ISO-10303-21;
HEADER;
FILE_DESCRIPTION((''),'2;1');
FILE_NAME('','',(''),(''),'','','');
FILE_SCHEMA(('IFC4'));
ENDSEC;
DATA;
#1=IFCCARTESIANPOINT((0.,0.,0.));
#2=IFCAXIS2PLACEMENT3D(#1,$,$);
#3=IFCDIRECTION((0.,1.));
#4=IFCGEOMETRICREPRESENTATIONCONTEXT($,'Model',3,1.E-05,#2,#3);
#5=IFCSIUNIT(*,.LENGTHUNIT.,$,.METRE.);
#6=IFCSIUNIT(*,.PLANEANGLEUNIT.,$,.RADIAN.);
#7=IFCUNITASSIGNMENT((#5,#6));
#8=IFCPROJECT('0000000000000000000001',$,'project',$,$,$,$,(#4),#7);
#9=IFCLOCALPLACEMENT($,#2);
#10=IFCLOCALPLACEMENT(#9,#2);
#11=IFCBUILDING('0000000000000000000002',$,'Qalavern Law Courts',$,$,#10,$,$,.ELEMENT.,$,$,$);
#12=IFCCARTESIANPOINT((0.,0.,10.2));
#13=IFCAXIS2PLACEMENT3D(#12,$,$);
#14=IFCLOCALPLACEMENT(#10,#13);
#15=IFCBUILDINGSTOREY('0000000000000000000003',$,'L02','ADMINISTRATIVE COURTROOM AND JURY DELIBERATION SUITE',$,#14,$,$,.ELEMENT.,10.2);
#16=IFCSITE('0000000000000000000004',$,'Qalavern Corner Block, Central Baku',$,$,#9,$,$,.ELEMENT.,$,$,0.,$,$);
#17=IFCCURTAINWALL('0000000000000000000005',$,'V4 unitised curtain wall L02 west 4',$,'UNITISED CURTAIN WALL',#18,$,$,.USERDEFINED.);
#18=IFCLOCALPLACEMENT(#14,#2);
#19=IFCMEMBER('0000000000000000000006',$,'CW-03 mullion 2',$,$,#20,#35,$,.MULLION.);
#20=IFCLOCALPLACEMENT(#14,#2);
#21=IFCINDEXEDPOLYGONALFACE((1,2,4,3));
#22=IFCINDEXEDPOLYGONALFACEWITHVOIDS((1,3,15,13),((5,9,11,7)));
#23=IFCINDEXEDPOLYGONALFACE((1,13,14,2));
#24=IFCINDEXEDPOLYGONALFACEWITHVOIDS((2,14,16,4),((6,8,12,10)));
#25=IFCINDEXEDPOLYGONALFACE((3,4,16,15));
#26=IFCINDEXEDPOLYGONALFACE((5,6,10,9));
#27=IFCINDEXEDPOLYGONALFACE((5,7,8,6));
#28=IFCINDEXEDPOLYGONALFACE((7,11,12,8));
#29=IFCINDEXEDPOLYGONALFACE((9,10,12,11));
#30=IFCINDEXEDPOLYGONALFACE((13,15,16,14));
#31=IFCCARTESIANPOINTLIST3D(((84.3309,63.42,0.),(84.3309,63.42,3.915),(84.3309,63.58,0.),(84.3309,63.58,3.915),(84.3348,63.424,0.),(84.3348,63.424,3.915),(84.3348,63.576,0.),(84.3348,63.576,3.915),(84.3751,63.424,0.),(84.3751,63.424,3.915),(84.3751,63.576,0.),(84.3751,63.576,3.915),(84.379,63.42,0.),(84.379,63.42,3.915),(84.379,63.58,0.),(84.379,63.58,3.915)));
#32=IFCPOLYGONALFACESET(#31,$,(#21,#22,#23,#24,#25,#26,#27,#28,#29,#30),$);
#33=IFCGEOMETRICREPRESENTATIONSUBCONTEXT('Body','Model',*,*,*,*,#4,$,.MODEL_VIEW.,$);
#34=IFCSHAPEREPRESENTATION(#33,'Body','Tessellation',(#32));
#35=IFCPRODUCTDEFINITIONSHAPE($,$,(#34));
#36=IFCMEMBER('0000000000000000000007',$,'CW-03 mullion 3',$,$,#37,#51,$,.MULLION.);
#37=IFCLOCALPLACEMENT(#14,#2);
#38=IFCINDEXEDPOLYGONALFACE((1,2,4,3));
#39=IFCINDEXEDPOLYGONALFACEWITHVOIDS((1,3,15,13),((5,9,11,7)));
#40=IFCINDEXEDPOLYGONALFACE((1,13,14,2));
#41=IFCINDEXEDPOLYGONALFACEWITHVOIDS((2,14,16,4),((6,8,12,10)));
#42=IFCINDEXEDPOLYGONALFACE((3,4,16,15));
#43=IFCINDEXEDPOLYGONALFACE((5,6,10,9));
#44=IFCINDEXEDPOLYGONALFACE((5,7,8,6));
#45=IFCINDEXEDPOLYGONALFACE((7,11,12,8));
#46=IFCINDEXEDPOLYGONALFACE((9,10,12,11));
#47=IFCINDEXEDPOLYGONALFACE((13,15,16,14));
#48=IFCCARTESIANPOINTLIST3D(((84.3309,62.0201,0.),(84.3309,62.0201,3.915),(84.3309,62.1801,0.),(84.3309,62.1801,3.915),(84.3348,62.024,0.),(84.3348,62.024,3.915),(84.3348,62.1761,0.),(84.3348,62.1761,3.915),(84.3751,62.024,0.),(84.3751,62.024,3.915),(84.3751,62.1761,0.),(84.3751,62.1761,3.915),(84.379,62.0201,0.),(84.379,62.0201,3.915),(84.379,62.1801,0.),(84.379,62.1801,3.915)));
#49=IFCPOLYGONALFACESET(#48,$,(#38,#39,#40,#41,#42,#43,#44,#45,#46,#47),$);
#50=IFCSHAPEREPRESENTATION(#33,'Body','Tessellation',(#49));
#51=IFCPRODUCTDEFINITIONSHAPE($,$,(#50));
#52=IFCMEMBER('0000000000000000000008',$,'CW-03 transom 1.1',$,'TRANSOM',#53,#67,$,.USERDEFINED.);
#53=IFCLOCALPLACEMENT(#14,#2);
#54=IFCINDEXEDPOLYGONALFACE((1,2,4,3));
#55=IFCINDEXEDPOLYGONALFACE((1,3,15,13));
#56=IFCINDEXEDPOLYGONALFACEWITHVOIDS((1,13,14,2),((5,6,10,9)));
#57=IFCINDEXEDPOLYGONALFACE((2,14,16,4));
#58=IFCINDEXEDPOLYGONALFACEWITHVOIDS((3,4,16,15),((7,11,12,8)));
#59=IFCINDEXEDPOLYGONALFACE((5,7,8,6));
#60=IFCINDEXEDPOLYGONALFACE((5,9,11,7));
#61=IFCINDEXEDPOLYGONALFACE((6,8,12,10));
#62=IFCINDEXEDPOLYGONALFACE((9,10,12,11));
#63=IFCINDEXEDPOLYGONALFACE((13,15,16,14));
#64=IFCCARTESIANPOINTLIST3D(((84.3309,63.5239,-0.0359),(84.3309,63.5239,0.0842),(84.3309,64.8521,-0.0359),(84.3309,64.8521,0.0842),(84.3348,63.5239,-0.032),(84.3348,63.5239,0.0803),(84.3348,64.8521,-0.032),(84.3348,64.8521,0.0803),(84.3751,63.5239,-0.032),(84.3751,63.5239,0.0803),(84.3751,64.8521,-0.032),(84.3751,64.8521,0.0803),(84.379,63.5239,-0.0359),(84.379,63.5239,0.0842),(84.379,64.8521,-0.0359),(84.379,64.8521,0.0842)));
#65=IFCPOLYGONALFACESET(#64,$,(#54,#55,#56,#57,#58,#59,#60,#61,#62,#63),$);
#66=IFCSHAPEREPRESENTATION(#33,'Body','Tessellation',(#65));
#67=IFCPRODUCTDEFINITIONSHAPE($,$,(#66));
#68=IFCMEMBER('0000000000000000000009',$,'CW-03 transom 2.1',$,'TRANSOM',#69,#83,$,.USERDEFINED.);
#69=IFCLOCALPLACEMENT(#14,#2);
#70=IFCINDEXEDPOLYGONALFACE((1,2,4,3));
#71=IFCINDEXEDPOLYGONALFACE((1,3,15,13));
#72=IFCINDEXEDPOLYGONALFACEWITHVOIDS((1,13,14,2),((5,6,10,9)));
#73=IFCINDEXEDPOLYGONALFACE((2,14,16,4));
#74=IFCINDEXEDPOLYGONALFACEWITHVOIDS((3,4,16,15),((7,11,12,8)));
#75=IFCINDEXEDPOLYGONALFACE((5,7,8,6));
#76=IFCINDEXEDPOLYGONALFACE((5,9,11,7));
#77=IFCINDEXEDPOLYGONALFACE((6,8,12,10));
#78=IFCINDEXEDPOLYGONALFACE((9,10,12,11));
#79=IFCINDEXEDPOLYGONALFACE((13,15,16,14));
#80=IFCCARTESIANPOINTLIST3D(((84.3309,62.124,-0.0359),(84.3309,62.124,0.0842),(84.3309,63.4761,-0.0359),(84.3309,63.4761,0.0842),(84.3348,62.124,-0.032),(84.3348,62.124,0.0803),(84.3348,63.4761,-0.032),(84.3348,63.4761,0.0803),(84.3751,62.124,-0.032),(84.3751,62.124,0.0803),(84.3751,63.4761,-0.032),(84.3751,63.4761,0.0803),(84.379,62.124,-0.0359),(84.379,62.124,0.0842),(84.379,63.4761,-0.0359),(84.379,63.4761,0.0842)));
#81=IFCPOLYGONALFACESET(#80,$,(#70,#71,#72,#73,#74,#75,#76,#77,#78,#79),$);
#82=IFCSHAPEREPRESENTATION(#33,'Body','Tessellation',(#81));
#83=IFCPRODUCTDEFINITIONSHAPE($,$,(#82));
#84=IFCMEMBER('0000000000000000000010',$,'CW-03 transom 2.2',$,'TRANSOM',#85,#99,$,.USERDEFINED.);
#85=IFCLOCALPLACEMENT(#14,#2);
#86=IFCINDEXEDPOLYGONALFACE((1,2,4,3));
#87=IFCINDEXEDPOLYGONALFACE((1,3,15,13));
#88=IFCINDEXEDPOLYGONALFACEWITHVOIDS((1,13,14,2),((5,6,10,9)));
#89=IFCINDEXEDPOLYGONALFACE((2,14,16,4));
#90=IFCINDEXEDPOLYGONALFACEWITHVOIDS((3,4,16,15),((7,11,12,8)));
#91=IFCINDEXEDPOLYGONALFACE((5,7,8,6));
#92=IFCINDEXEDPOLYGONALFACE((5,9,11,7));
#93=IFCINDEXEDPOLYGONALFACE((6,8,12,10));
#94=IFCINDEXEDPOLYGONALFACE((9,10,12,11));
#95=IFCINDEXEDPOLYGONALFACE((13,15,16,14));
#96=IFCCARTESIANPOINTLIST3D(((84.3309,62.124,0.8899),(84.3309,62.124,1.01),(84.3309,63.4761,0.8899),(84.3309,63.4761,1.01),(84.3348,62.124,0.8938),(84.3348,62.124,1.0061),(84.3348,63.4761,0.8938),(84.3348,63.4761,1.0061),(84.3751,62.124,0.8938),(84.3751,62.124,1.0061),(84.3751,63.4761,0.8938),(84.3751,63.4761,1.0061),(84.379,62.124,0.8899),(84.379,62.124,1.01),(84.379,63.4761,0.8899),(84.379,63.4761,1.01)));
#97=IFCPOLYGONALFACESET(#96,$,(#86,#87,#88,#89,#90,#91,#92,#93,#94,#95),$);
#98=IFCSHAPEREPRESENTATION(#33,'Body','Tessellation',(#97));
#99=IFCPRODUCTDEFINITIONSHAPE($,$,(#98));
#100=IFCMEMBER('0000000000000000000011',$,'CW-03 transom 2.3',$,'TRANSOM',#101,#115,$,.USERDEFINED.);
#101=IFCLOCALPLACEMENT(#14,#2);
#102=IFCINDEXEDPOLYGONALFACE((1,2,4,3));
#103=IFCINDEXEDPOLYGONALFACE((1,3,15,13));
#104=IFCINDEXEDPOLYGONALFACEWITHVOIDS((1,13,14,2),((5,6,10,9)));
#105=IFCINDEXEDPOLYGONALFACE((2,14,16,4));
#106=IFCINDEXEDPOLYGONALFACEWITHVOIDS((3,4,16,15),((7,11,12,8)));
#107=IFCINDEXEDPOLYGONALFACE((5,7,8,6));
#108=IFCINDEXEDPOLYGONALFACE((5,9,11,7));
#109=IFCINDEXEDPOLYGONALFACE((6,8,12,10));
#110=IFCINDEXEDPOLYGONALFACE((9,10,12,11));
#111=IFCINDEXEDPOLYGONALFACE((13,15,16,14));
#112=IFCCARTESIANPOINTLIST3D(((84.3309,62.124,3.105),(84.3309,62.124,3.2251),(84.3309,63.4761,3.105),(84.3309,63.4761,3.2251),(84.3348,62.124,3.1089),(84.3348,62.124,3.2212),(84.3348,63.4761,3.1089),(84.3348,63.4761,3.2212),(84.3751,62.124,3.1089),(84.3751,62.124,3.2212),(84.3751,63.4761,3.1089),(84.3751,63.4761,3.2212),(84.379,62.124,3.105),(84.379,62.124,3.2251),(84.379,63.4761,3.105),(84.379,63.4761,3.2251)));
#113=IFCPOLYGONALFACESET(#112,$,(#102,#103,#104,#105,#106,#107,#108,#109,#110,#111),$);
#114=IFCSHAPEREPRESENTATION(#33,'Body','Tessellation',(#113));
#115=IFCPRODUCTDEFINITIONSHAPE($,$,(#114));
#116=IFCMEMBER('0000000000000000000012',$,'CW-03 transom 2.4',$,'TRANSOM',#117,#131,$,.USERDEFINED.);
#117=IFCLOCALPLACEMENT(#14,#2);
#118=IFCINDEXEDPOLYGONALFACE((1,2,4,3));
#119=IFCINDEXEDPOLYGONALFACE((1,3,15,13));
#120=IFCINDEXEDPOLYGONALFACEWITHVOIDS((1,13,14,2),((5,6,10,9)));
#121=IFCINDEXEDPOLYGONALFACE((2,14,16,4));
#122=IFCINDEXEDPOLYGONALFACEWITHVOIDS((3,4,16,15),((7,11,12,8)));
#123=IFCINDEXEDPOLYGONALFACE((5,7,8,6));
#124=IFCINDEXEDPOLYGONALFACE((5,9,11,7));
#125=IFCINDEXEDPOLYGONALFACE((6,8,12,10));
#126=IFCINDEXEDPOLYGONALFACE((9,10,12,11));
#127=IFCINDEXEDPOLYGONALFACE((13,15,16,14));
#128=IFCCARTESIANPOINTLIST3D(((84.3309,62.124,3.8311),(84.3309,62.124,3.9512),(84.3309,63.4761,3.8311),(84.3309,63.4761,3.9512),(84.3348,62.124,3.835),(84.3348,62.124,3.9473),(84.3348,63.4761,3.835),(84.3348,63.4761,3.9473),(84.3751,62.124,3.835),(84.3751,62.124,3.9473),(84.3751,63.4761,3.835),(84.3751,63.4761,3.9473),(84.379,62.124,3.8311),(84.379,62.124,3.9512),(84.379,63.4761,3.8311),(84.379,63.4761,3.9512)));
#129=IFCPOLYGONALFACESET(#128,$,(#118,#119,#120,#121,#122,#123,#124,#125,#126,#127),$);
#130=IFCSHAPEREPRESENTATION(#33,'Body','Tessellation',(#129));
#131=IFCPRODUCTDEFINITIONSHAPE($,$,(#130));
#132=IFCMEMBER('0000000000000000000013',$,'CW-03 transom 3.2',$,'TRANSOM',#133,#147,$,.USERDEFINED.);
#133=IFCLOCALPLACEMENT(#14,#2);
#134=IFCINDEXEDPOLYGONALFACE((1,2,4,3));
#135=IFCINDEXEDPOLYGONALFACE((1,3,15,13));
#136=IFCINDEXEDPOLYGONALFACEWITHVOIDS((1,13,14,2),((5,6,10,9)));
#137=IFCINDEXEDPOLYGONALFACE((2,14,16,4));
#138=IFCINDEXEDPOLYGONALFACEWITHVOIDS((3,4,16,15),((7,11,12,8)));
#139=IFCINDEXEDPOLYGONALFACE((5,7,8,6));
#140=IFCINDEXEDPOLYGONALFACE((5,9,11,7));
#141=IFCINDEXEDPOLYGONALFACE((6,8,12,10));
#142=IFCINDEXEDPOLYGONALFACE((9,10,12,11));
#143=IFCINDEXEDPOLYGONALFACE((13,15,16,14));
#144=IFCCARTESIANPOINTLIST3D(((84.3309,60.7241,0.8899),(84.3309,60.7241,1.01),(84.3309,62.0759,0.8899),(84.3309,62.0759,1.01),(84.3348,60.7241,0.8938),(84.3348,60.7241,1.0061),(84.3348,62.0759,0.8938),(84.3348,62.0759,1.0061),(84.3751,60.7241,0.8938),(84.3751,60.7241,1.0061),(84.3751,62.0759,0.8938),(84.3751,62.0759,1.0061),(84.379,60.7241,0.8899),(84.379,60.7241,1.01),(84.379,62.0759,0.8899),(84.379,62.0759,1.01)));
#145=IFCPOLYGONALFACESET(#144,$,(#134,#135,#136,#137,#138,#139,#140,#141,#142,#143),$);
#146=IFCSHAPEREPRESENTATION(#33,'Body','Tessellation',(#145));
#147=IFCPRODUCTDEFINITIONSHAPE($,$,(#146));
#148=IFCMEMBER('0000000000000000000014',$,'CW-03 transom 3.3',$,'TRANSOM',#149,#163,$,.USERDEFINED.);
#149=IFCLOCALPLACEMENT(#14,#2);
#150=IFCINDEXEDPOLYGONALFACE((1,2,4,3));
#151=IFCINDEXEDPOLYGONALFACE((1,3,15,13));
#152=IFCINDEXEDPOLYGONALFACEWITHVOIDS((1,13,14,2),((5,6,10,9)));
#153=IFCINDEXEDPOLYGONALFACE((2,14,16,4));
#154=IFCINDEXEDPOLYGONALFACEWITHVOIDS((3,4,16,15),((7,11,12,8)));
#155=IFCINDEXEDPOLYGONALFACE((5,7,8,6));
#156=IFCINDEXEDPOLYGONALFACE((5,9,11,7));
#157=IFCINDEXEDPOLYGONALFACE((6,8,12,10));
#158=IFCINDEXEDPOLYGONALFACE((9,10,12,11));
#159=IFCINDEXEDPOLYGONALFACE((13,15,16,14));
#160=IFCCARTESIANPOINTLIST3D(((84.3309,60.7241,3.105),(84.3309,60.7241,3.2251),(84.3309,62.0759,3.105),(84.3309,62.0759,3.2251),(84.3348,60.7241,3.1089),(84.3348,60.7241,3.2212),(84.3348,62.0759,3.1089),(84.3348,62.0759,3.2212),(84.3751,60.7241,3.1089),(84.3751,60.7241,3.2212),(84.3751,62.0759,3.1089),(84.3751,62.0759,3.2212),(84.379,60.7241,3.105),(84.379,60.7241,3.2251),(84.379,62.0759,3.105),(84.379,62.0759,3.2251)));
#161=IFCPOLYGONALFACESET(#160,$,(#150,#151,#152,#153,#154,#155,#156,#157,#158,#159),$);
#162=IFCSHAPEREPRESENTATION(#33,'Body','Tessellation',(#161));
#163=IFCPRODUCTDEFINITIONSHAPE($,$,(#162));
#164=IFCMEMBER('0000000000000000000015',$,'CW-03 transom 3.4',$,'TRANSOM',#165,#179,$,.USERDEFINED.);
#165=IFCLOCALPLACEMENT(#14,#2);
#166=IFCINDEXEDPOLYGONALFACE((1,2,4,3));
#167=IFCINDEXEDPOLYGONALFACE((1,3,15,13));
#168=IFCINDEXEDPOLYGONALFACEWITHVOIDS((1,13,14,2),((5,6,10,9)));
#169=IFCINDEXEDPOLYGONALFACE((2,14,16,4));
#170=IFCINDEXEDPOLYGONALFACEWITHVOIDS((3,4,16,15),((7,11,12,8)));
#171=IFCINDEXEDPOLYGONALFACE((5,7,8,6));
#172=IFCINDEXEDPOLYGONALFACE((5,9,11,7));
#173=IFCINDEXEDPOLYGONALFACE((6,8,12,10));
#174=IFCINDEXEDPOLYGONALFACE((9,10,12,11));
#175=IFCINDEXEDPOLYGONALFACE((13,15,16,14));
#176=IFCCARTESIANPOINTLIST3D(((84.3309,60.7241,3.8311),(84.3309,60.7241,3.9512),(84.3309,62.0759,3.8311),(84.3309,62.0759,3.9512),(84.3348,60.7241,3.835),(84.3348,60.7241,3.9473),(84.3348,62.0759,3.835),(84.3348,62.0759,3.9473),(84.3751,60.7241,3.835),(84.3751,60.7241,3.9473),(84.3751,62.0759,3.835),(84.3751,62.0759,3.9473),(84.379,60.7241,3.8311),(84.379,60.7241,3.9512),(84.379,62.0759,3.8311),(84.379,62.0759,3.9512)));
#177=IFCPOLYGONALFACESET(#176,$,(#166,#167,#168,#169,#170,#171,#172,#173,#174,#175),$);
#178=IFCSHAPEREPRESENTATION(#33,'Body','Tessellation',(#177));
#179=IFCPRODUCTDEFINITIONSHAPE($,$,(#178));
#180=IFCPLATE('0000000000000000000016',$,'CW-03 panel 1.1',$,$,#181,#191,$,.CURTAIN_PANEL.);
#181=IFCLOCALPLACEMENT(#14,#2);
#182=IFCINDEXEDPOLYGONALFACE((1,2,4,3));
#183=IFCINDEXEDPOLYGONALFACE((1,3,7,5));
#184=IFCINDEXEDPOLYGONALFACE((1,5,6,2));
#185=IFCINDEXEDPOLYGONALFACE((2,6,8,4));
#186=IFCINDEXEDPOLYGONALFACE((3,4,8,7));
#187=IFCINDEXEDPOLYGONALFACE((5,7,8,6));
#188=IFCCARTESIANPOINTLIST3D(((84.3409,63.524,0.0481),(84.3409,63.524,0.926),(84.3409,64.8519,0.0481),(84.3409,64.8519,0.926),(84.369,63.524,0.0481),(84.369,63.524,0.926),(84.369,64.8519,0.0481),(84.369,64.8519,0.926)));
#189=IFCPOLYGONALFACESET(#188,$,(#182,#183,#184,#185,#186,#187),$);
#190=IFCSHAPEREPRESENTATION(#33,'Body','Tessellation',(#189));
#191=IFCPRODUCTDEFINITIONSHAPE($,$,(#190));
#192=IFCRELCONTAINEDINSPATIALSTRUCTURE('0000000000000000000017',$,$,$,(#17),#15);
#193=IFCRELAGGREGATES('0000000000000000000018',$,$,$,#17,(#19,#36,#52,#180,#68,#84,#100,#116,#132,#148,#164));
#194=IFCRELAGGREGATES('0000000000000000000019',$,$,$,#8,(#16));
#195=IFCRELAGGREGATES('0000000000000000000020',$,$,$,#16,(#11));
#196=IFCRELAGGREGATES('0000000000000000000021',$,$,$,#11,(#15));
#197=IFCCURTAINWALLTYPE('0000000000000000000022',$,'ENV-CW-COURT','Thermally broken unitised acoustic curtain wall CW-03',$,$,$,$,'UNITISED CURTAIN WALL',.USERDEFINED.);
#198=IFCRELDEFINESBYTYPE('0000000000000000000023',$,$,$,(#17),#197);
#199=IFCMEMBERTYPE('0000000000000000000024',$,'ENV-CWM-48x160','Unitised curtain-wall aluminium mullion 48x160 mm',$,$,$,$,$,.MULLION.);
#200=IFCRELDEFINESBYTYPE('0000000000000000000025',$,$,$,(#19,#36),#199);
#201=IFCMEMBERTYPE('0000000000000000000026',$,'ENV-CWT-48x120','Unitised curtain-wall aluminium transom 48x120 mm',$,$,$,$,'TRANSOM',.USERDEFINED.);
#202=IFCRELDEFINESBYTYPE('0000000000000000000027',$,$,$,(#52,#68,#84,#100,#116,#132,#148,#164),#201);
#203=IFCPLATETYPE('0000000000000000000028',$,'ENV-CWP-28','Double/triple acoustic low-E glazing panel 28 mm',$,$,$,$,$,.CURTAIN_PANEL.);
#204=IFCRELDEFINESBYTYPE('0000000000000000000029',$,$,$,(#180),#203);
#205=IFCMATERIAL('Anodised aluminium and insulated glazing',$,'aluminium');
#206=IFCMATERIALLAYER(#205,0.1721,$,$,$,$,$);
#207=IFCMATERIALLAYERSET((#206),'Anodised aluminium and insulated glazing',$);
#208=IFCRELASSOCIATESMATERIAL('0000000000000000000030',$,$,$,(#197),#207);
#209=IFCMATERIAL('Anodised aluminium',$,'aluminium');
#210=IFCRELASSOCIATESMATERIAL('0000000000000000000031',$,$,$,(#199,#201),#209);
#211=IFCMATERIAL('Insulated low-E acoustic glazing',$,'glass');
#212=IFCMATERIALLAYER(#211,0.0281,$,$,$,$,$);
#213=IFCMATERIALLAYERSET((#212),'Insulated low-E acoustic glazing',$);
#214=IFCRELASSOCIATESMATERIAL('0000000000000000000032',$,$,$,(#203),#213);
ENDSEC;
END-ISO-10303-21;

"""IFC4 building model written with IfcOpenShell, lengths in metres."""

from ifc_helpers import new_model, si_unit, direction, frame, origin, origin_2d, place, context, subcontext, project, spatial, rectangle, hollow_rectangle, extrude, material, layer, layer_set, material_profile, profile_set, type_object, element, aggregate, save


model = new_model("IFC4")

# Units and contexts
model_context = context("Model", 3, precision=1e-05, world=origin(), true_north=direction((0.0, 1.0)))
body_context = subcontext(model_context, "Body", "Model", "MODEL_VIEW")
ifc_project = project(units=[si_unit("LENGTHUNIT", "METRE"), si_unit("PLANEANGLEUNIT", "RADIAN")], contexts=[model_context])

# Site, building, storey
site_placement = place(None, origin())
site = spatial("IfcSite", under=ifc_project, at=site_placement, Name="Qalavern Corner Block, Central Baku", CompositionType="ELEMENT", RefElevation=0.0)
building_placement = place(site_placement, origin())
building = spatial("IfcBuilding", under=site, at=building_placement, Name="Qalavern Law Courts", CompositionType="ELEMENT")
storey_placement = place(building_placement, frame((0.0, 0.0, 10.2)))
storey = spatial("IfcBuildingStorey", under=building, at=storey_placement, Name="L02", Description="ADMINISTRATIVE COURTROOM AND JURY DELIBERATION SUITE", CompositionType="ELEMENT", Elevation=10.2)

# Curtain wall, members, plate
ifc_material_1 = material(Name="Anodised aluminium and insulated glazing", Category="aluminium")
ifc_layer_1 = layer(ifc_material_1, 0.1721)
ifc_layer_set_1 = layer_set([ifc_layer_1], Name="Anodised aluminium and insulated glazing")
curtain_wall_type = type_object("IfcCurtainWallType", Name="ENV-CW-COURT", Description="Thermally broken unitised acoustic curtain wall CW-03", ElementType="UNITISED CURTAIN WALL", PredefinedType="USERDEFINED", material=ifc_layer_set_1)
curtain_wall_placement = place(storey_placement, origin())
curtain_wall = element("IfcCurtainWall", 1, at=curtain_wall_placement, inside=storey, type_object=curtain_wall_type, Name="V4 unitised curtain wall L02 west 4", ObjectType="UNITISED CURTAIN WALL", PredefinedType="USERDEFINED")
ifc_material_2 = material(Name="Anodised aluminium", Category="aluminium")
ifc_material_profile_1 = material_profile(ifc_material_2, hollow_rectangle(XDim=0.0481, YDim=0.1599, WallThickness=0.0039, at=origin_2d()), Name="ALU MULLION 48x160")
ifc_profile_set_1 = profile_set([ifc_material_profile_1], Name="Anodised aluminium")
member_type_1 = type_object("IfcMemberType", Name="ENV-CWM-48x160", Description="Unitised curtain-wall aluminium mullion 48x160 mm", PredefinedType="MULLION", material=ifc_profile_set_1)
member_1_placement = place(storey_placement, frame((84.355, 63.5, 0.0), z_axis=(0.0, 0.0, 1.0), x_axis=(1.0, 0.0, 0.0)))
member_1 = element("IfcMember", 2, at=member_1_placement, type_object=member_type_1, Name="CW-03 mullion 2", PredefinedType="MULLION", context=body_context, shape_type="SweptSolid", body=[
    extrude(hollow_rectangle(XDim=0.0481, YDim=0.1599, WallThickness=0.0039, at=origin_2d()), origin(), (0.0, 0.0, 1.0), 3.915),
])
member_2_placement = place(storey_placement, frame((84.355, 62.1001, 0.0), z_axis=(0.0, 0.0, 1.0), x_axis=(1.0, 0.0, 0.0)))
member_2 = element("IfcMember", 3, at=member_2_placement, type_object=member_type_1, Name="CW-03 mullion 3", PredefinedType="MULLION", context=body_context, shape_type="SweptSolid", body=[
    extrude(hollow_rectangle(XDim=0.0481, YDim=0.1599, WallThickness=0.0039, at=origin_2d()), origin(), (0.0, 0.0, 1.0), 3.915),
])
ifc_material_profile_2 = material_profile(ifc_material_2, hollow_rectangle(XDim=0.0481, YDim=0.1201, WallThickness=0.0039, at=origin_2d()), Name="ALU TRANSOM 48x120")
ifc_profile_set_2 = profile_set([ifc_material_profile_2], Name="Anodised aluminium")
member_type_2 = type_object("IfcMemberType", Name="ENV-CWT-48x120", Description="Unitised curtain-wall aluminium transom 48x120 mm", ElementType="TRANSOM", PredefinedType="USERDEFINED", material=ifc_profile_set_2)
member_3_placement = place(storey_placement, frame((84.355, 64.8521, 0.0242), z_axis=(0.0, -1.0, 0.0), x_axis=(1.0, 0.0, 0.0)))
member_3 = element("IfcMember", 4, at=member_3_placement, type_object=member_type_2, Name="CW-03 transom 1.1", ObjectType="TRANSOM", PredefinedType="USERDEFINED", context=body_context, shape_type="SweptSolid", body=[
    extrude(hollow_rectangle(XDim=0.0481, YDim=0.1201, WallThickness=0.0039, at=origin_2d()), origin(), (0.0, 0.0, 1.0), 1.3281),
])
member_4_placement = place(storey_placement, frame((84.355, 63.4761, 0.0242), z_axis=(0.0, -1.0, 0.0), x_axis=(1.0, 0.0, 0.0)))
member_4 = element("IfcMember", 5, at=member_4_placement, type_object=member_type_2, Name="CW-03 transom 2.1", ObjectType="TRANSOM", PredefinedType="USERDEFINED", context=body_context, shape_type="SweptSolid", body=[
    extrude(hollow_rectangle(XDim=0.0481, YDim=0.1201, WallThickness=0.0039, at=origin_2d()), origin(), (0.0, 0.0, 1.0), 1.3521),
])
member_5_placement = place(storey_placement, frame((84.355, 63.4761, 0.95), z_axis=(0.0, -1.0, 0.0), x_axis=(1.0, 0.0, 0.0)))
member_5 = element("IfcMember", 6, at=member_5_placement, type_object=member_type_2, Name="CW-03 transom 2.2", ObjectType="TRANSOM", PredefinedType="USERDEFINED", context=body_context, shape_type="SweptSolid", body=[
    extrude(hollow_rectangle(XDim=0.0481, YDim=0.1201, WallThickness=0.0039, at=origin_2d()), origin(), (0.0, 0.0, 1.0), 1.3521),
])
member_6_placement = place(storey_placement, frame((84.355, 63.4761, 3.165), z_axis=(0.0, -1.0, 0.0), x_axis=(1.0, 0.0, 0.0)))
member_6 = element("IfcMember", 7, at=member_6_placement, type_object=member_type_2, Name="CW-03 transom 2.3", ObjectType="TRANSOM", PredefinedType="USERDEFINED", context=body_context, shape_type="SweptSolid", body=[
    extrude(hollow_rectangle(XDim=0.0481, YDim=0.1201, WallThickness=0.0039, at=origin_2d()), origin(), (0.0, 0.0, 1.0), 1.3521),
])
member_7_placement = place(storey_placement, frame((84.355, 63.4761, 3.8911), z_axis=(0.0, -1.0, 0.0), x_axis=(1.0, 0.0, 0.0)))
member_7 = element("IfcMember", 8, at=member_7_placement, type_object=member_type_2, Name="CW-03 transom 2.4", ObjectType="TRANSOM", PredefinedType="USERDEFINED", context=body_context, shape_type="SweptSolid", body=[
    extrude(hollow_rectangle(XDim=0.0481, YDim=0.1201, WallThickness=0.0039, at=origin_2d()), origin(), (0.0, 0.0, 1.0), 1.3521),
])
member_8_placement = place(storey_placement, frame((84.355, 62.0759, 0.95), z_axis=(0.0, -1.0, 0.0), x_axis=(1.0, 0.0, 0.0)))
member_8 = element("IfcMember", 9, at=member_8_placement, type_object=member_type_2, Name="CW-03 transom 3.2", ObjectType="TRANSOM", PredefinedType="USERDEFINED", context=body_context, shape_type="SweptSolid", body=[
    extrude(hollow_rectangle(XDim=0.0481, YDim=0.1201, WallThickness=0.0039, at=origin_2d()), origin(), (0.0, 0.0, 1.0), 1.3518),
])
member_9_placement = place(storey_placement, frame((84.355, 62.0759, 3.165), z_axis=(0.0, -1.0, 0.0), x_axis=(1.0, 0.0, 0.0)))
member_9 = element("IfcMember", 10, at=member_9_placement, type_object=member_type_2, Name="CW-03 transom 3.3", ObjectType="TRANSOM", PredefinedType="USERDEFINED", context=body_context, shape_type="SweptSolid", body=[
    extrude(hollow_rectangle(XDim=0.0481, YDim=0.1201, WallThickness=0.0039, at=origin_2d()), origin(), (0.0, 0.0, 1.0), 1.3518),
])
member_10_placement = place(storey_placement, frame((84.355, 62.0759, 3.8911), z_axis=(0.0, -1.0, 0.0), x_axis=(1.0, 0.0, 0.0)))
member_10 = element("IfcMember", 11, at=member_10_placement, type_object=member_type_2, Name="CW-03 transom 3.4", ObjectType="TRANSOM", PredefinedType="USERDEFINED", context=body_context, shape_type="SweptSolid", body=[
    extrude(hollow_rectangle(XDim=0.0481, YDim=0.1201, WallThickness=0.0039, at=origin_2d()), origin(), (0.0, 0.0, 1.0), 1.3518),
])
ifc_material_3 = material(Name="Insulated low-E acoustic glazing", Category="glass")
ifc_layer_2 = layer(ifc_material_3, 0.0281)
ifc_layer_set_2 = layer_set([ifc_layer_2], Name="Insulated low-E acoustic glazing")
plate_type = type_object("IfcPlateType", Name="ENV-CWP-28", Description="Double/triple acoustic low-E glazing panel 28 mm", PredefinedType="CURTAIN_PANEL", material=ifc_layer_set_2)
plate_1_placement = place(storey_placement, frame((84.355, 64.188, 0.0481), z_axis=(0.0, 0.0, 1.0), x_axis=(0.0, -1.0, 0.0)))
plate_1 = element("IfcPlate", 12, at=plate_1_placement, type_object=plate_type, Name="CW-03 panel 1.1", PredefinedType="CURTAIN_PANEL", context=body_context, shape_type="SweptSolid", body=[
    extrude(rectangle(XDim=1.3279, YDim=0.0281, at=origin_2d()), origin(), (0.0, 0.0, 1.0), 0.8779),
])
aggregate(curtain_wall, [member_1, member_2, member_3, plate_1, member_4, member_5, member_6, member_7, member_8, member_9, member_10])

save(model, "model.ifc")
